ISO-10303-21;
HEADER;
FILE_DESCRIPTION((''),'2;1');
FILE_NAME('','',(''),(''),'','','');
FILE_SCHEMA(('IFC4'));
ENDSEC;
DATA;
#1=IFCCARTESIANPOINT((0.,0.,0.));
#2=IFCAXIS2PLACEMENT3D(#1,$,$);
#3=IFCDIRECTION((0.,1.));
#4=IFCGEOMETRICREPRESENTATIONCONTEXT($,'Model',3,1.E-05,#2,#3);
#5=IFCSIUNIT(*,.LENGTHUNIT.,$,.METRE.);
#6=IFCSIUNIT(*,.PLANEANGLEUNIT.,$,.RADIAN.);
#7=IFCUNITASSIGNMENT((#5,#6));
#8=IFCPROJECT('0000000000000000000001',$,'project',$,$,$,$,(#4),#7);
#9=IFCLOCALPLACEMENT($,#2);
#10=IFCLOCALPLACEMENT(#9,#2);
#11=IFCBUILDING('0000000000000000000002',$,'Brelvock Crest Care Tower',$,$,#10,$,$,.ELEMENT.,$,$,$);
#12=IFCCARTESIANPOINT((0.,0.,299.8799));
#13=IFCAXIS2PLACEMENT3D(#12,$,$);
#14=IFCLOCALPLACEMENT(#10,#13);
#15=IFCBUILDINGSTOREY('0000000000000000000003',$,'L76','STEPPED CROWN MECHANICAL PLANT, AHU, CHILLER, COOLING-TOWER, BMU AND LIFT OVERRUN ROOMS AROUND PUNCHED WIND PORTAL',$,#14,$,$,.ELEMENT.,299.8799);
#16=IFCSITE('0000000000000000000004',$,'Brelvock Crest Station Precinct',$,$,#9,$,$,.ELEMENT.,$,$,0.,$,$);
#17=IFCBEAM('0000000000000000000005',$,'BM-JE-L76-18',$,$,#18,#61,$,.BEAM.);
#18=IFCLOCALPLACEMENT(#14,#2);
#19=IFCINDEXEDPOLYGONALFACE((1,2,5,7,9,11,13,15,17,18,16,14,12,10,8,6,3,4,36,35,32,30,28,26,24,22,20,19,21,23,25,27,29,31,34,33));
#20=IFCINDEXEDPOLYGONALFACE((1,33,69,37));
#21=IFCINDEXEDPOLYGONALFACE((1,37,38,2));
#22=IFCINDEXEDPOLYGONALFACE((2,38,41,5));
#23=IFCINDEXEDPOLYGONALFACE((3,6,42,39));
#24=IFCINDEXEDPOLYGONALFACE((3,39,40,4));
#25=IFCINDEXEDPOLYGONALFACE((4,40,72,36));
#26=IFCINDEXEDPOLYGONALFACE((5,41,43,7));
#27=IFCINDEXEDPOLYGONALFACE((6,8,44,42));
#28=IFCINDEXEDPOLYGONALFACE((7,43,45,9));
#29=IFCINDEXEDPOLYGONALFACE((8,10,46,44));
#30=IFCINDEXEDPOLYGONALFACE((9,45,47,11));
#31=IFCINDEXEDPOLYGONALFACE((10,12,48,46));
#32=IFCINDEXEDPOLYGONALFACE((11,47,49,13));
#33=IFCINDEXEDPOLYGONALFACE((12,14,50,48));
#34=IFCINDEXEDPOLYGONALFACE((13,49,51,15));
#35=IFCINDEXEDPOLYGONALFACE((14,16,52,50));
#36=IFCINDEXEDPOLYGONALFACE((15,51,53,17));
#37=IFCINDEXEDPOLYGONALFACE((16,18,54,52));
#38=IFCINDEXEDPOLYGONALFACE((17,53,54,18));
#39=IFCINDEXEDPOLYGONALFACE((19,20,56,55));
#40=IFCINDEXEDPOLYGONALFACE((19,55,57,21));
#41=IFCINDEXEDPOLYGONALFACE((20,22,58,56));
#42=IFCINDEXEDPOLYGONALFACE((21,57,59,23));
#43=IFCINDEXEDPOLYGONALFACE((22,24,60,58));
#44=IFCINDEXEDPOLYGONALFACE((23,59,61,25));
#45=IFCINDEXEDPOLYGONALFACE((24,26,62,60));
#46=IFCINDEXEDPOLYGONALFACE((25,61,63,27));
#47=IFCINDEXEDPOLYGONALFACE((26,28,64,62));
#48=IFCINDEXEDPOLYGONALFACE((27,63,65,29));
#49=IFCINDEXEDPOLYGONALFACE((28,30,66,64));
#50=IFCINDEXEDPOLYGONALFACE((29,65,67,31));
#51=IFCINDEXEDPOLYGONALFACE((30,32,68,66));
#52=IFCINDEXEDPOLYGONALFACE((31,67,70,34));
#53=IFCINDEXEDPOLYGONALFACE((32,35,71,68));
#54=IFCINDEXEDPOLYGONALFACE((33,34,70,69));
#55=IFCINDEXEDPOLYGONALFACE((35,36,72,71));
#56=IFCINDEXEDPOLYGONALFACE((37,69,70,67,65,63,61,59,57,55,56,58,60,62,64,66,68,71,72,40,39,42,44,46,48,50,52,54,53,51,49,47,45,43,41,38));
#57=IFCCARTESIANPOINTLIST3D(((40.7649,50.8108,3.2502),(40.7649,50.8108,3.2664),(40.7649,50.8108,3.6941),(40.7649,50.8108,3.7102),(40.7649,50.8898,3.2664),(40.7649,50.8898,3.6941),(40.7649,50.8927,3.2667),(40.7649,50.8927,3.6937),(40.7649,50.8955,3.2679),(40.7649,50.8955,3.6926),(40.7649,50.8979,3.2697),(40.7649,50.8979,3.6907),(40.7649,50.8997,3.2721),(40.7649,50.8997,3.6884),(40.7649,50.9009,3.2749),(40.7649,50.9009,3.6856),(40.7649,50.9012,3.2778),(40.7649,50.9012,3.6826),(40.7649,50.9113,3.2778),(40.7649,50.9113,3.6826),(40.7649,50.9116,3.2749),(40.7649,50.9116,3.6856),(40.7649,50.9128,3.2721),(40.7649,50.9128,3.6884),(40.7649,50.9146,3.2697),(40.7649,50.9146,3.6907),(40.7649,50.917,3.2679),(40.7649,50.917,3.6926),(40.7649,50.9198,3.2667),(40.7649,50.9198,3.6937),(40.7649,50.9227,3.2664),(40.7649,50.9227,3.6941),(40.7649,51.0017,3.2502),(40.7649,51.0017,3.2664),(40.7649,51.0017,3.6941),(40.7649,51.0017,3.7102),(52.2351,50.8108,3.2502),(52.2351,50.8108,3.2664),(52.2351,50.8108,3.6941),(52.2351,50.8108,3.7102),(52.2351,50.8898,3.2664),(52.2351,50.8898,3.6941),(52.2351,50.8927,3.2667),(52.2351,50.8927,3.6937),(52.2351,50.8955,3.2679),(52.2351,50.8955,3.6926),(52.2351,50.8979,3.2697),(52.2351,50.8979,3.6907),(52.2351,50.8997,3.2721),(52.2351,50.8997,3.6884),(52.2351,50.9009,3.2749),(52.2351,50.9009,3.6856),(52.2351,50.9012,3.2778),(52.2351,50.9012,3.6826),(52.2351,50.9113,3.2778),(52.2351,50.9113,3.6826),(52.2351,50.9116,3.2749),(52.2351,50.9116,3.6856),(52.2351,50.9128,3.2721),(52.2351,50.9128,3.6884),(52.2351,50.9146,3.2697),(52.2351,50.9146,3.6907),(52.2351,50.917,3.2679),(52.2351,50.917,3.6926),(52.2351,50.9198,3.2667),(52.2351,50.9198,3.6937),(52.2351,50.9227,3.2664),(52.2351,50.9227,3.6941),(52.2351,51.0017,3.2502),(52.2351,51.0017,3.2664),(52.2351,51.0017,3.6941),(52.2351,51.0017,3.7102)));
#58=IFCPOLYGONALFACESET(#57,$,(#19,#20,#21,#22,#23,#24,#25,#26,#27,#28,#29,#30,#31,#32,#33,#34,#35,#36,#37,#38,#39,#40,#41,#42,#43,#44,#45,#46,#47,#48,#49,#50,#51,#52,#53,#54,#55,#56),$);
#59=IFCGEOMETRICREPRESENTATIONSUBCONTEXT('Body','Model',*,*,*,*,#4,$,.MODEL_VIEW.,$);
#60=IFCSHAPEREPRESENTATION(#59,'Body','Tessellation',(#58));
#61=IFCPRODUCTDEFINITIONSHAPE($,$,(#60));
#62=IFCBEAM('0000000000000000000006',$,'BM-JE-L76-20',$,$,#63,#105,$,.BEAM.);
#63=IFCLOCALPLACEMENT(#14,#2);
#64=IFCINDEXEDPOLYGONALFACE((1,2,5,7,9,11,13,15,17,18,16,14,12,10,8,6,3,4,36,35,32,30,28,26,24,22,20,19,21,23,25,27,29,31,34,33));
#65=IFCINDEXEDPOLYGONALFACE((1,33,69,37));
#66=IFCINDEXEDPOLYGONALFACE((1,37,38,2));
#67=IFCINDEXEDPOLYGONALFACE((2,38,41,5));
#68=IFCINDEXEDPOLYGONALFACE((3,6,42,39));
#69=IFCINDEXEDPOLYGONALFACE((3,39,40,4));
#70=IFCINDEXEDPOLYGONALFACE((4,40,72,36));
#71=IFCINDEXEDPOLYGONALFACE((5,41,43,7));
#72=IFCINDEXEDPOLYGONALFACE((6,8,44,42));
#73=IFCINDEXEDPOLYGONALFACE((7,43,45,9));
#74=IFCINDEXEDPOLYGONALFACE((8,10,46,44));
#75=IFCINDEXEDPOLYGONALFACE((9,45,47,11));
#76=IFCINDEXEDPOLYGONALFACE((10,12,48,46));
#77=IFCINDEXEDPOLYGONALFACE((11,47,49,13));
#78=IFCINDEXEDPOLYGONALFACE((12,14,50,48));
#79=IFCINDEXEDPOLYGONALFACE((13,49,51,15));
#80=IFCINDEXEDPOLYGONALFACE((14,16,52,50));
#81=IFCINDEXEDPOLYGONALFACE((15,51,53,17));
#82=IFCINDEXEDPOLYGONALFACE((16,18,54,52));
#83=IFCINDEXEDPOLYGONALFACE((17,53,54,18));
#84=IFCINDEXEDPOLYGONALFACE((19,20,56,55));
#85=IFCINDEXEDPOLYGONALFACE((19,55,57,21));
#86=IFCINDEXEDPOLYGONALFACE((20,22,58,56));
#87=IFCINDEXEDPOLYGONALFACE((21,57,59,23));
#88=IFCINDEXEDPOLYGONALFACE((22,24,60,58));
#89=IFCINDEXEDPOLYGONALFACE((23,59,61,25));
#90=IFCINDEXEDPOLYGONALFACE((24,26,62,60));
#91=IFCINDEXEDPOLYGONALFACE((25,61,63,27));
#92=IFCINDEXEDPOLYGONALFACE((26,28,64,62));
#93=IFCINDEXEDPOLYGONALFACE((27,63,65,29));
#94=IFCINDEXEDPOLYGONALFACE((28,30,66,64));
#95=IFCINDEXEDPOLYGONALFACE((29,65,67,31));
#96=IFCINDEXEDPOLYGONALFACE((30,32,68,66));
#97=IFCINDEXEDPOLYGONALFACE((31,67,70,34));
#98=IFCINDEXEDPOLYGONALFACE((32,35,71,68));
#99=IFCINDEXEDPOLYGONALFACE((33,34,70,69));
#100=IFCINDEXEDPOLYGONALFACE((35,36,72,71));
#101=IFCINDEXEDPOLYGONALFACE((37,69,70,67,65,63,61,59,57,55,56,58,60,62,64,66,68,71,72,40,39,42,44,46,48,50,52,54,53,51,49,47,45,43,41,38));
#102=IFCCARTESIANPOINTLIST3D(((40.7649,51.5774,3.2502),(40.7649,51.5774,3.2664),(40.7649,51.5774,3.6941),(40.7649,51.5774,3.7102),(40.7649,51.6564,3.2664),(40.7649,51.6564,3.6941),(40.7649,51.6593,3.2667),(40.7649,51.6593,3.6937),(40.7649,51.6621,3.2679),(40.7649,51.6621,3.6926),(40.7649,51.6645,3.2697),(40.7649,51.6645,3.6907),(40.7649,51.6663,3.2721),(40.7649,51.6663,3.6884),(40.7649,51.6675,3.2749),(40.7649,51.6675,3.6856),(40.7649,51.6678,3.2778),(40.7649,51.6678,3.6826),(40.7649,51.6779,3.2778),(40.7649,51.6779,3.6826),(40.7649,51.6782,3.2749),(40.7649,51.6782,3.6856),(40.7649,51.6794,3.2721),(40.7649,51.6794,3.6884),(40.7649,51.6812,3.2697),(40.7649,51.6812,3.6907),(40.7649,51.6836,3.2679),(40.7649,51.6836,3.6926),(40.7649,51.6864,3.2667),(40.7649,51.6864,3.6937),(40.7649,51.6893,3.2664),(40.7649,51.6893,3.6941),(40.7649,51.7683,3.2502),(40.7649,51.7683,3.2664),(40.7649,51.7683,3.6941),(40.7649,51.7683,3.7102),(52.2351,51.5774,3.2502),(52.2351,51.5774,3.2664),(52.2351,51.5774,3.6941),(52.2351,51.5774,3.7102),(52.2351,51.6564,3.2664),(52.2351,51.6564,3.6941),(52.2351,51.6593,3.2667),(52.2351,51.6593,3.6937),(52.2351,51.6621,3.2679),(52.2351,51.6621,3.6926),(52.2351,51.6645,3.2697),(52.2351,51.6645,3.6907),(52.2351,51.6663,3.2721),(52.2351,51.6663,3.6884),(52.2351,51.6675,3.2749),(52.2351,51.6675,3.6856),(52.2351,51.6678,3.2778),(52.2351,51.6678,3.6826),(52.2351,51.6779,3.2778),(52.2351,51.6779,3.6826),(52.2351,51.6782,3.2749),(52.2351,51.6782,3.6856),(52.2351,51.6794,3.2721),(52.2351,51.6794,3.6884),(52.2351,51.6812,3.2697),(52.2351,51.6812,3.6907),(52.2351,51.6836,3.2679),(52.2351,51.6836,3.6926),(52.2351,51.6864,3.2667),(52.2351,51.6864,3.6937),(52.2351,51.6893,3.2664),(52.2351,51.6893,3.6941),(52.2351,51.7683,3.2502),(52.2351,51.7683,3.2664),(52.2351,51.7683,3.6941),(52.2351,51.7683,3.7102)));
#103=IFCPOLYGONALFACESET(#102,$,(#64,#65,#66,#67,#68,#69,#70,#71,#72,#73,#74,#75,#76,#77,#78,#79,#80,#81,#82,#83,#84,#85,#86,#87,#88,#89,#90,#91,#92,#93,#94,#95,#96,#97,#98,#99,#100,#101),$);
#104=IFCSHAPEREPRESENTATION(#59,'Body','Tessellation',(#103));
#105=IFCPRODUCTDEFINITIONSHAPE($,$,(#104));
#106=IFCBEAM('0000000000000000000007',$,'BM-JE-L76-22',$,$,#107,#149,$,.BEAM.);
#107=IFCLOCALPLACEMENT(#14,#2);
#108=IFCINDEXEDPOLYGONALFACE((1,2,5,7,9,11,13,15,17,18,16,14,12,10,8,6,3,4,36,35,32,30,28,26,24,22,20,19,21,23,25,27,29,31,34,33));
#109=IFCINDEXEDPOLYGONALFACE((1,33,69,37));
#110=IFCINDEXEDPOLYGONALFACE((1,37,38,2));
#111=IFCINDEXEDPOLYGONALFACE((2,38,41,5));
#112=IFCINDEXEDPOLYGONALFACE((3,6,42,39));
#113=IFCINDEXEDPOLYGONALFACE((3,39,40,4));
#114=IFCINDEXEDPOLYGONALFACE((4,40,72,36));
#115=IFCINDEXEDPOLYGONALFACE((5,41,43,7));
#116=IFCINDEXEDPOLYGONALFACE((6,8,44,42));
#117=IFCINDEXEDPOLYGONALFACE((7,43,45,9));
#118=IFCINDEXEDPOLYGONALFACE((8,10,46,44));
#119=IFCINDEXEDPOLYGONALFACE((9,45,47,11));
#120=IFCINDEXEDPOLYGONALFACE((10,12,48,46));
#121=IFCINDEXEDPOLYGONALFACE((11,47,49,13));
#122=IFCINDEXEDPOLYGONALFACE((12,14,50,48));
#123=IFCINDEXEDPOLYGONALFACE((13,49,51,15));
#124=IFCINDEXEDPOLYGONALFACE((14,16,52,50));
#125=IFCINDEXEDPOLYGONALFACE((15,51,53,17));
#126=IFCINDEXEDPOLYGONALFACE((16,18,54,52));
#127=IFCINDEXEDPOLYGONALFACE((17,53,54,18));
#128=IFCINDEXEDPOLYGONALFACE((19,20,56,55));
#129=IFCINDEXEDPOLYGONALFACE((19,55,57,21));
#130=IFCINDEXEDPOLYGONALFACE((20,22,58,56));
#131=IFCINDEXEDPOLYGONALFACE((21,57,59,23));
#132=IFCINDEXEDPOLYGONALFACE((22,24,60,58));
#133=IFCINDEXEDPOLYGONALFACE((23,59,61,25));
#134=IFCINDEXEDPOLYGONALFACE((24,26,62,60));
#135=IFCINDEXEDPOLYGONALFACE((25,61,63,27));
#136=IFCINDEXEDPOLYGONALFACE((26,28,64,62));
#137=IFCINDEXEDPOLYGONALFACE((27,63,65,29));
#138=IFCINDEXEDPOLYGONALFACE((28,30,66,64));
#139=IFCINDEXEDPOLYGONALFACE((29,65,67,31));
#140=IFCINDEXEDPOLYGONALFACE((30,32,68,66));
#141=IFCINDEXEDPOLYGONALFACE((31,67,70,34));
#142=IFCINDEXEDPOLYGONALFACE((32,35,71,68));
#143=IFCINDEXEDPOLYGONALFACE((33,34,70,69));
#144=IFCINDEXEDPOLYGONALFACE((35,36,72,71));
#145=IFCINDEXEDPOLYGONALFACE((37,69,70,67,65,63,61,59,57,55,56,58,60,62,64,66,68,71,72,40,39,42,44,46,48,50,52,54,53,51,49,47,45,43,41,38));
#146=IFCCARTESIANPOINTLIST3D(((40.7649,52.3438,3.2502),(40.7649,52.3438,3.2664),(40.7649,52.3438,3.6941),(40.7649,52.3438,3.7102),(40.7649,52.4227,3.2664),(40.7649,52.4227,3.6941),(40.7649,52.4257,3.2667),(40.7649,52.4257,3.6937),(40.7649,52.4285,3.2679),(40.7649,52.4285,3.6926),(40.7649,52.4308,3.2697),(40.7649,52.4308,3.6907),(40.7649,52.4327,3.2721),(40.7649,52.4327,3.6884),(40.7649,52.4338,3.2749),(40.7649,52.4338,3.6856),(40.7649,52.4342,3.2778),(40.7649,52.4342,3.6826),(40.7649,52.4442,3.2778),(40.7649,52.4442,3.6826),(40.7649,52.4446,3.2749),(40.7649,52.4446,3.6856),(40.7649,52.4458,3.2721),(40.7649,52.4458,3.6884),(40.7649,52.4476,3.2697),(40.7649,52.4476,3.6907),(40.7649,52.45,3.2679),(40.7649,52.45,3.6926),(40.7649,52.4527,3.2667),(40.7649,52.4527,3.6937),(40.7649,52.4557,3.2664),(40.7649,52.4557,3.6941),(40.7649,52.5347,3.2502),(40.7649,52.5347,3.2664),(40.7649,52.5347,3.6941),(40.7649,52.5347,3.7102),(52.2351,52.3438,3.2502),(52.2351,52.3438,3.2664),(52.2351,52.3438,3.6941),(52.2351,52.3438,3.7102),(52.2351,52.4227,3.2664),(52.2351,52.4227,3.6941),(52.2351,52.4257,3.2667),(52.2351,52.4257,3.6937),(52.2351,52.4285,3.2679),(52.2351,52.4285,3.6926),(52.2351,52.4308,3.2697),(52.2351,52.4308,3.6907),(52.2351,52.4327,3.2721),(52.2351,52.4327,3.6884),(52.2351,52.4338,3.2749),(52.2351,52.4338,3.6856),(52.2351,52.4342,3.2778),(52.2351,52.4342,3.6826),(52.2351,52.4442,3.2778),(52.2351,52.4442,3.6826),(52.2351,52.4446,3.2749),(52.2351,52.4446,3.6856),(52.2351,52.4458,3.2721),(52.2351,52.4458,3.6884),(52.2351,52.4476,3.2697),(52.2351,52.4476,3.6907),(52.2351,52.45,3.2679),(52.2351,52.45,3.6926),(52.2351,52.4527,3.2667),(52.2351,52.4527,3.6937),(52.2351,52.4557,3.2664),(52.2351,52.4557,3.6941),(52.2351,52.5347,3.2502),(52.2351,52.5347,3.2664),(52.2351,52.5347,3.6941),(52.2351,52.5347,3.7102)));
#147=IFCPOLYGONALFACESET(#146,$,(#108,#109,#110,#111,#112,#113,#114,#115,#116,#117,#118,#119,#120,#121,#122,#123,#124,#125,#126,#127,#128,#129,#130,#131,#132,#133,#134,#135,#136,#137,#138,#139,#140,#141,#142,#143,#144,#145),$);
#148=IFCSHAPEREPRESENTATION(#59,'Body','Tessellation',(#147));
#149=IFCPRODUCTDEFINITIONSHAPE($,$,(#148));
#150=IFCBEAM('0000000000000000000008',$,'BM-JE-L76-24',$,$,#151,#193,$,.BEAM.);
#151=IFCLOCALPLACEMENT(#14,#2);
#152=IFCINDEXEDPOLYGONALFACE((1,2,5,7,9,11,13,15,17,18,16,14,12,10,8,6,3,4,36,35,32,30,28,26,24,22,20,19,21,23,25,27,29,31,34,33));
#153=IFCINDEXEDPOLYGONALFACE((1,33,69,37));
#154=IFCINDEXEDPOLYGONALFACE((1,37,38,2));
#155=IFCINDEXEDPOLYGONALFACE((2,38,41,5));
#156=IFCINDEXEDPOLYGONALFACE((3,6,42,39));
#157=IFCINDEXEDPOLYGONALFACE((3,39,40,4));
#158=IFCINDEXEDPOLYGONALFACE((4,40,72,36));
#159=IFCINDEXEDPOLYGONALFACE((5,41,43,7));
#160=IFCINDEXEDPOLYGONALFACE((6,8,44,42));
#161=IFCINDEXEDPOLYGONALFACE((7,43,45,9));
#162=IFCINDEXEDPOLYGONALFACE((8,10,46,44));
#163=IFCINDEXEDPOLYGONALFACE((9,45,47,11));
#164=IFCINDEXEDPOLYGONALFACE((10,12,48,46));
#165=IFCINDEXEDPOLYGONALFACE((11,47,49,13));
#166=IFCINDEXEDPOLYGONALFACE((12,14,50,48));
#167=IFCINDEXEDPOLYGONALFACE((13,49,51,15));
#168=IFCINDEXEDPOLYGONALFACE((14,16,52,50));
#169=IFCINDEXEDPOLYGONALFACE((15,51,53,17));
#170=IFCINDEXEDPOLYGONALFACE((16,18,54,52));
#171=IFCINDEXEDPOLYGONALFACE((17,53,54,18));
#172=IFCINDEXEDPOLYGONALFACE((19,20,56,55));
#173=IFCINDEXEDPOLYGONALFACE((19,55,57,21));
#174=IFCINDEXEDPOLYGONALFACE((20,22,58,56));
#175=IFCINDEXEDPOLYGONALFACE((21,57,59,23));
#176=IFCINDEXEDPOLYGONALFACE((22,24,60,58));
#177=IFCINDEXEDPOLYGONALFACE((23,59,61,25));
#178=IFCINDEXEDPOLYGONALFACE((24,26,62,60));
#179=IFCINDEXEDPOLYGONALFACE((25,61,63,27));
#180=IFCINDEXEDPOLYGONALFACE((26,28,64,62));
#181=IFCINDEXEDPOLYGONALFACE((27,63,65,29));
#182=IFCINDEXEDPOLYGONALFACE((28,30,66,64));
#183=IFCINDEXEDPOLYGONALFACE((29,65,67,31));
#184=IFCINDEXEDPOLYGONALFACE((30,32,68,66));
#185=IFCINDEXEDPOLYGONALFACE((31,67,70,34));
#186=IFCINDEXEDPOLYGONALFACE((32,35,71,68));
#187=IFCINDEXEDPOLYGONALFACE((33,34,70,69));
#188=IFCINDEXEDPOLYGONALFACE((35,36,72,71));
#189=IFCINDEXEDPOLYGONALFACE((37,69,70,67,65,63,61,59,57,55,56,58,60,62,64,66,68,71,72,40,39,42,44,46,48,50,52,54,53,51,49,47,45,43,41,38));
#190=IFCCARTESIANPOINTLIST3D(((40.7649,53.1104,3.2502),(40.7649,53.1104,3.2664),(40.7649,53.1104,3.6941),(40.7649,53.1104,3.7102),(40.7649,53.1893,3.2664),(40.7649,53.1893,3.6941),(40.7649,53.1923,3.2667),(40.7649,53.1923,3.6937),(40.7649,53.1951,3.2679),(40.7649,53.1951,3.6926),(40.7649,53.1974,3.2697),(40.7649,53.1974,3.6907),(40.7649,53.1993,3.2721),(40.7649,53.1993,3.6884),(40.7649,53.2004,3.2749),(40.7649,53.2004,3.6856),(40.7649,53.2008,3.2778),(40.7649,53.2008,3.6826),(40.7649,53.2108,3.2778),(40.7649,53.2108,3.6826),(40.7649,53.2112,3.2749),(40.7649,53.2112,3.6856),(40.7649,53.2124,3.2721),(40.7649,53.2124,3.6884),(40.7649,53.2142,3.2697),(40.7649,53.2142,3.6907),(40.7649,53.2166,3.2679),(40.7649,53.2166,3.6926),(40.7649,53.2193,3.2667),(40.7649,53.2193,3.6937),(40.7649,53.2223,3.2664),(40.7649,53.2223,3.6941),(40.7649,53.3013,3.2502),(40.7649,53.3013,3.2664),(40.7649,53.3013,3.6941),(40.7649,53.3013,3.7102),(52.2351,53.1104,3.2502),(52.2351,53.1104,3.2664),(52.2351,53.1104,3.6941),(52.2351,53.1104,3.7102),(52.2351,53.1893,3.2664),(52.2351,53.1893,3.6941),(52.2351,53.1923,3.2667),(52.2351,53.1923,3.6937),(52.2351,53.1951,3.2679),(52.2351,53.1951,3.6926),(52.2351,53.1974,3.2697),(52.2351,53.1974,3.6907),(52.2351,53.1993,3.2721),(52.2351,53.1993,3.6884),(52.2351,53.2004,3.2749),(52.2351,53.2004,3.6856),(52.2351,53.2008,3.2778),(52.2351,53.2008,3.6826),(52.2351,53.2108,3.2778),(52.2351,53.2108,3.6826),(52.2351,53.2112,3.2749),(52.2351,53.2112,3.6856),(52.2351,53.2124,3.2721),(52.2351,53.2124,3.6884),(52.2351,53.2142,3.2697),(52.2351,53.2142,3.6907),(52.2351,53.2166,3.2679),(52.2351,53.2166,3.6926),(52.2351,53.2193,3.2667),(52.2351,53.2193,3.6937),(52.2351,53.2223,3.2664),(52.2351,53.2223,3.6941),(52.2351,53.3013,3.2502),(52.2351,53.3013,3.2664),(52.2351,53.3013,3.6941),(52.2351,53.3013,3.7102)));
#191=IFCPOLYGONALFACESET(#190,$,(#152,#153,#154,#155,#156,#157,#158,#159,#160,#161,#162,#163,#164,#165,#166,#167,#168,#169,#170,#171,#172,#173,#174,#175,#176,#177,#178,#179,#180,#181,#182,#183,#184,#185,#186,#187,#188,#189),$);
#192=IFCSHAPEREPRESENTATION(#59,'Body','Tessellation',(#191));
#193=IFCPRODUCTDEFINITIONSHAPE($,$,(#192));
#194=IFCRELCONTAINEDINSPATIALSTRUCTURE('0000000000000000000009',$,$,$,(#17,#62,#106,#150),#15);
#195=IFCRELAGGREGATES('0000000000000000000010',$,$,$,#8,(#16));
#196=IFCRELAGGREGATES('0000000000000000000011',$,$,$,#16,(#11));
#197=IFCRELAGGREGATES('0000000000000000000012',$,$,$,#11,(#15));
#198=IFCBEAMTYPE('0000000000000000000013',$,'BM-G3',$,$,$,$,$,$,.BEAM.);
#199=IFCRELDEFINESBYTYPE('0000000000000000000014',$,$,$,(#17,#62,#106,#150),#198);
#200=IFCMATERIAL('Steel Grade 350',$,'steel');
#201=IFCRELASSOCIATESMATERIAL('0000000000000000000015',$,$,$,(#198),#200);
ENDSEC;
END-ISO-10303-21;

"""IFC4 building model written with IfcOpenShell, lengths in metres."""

from ifc_helpers import new_model, si_unit, direction, frame, origin, origin_2d, place, context, subcontext, project, spatial, i_section, extrude, source, transform, mapped, material, material_profile, profile_set, type_object, element, save


model = new_model("IFC4")

# Units and contexts
model_context = context("Model", 3, precision=1e-05, world=origin(), true_north=direction((0.0, 1.0)))
body_context = subcontext(model_context, "Body", "Model", "MODEL_VIEW")
ifc_project = project(units=[si_unit("LENGTHUNIT", "METRE"), si_unit("PLANEANGLEUNIT", "RADIAN")], contexts=[model_context])

# Site, building, storey
site_placement = place(None, origin())
site = spatial("IfcSite", under=ifc_project, at=site_placement, Name="Brelvock Crest Station Precinct", CompositionType="ELEMENT", RefElevation=0.0)
building_placement = place(site_placement, origin())
building = spatial("IfcBuilding", under=site, at=building_placement, Name="Brelvock Crest Care Tower", CompositionType="ELEMENT")
storey_placement = place(building_placement, frame((0.0, 0.0, 299.8799)))
storey = spatial("IfcBuildingStorey", under=building, at=storey_placement, Name="L76", Description="STEPPED CROWN MECHANICAL PLANT, AHU, CHILLER, COOLING-TOWER, BMU AND LIFT OVERRUN ROOMS AROUND PUNCHED WIND PORTAL", CompositionType="ELEMENT", Elevation=299.8799)

# Shared definitions
ifc_material_1 = material(Name="Steel Grade 350", Category="steel")

# Beams
ifc_material_profile_1 = material_profile(ifc_material_1, i_section(OverallWidth=0.1909, OverallDepth=0.46, WebThickness=0.01, FlangeThickness=0.0161, FilletRadius=0.0115, at=origin_2d()), Name="460UB82.1")
ifc_profile_set_1 = profile_set([ifc_material_profile_1], Name="Steel Grade 350")
beam_type_1 = type_object("IfcBeamType", Name="BM-G3", PredefinedType="BEAM", material=ifc_profile_set_1)
shared_shape_1 = source(origin(), body_context, "Body", "SweptSolid", [
    extrude(i_section(OverallWidth=0.1909, OverallDepth=0.46, WebThickness=0.01, FlangeThickness=0.0161, FilletRadius=0.0115, at=origin_2d()), origin(), (0.0, 0.0, 1.0), 11.4702),
])
for number, where, z_axis, x_axis, name in (
    (1, (40.7649, 50.9062, 3.4802), (1.0, 0.0, 0.0), (0.0, 1.0, 0.0), "BM-JE-L76-18"),
    (2, (40.7649, 51.6729, 3.4802), (1.0, 0.0, 0.0), (0.0, 1.0, 0.0), "BM-JE-L76-20"),
    (3, (40.7649, 52.4392, 3.4802), (1.0, 0.0, 0.0), (0.0, 1.0, 0.0), "BM-JE-L76-22"),
    (4, (40.7649, 53.2058, 3.4802), (1.0, 0.0, 0.0), (0.0, 1.0, 0.0), "BM-JE-L76-24"),
):
    element("IfcBeam", number, at=place(storey_placement, frame(where, z_axis=z_axis, x_axis=x_axis)), inside=storey, type_object=beam_type_1, Name=name, PredefinedType="BEAM", context=body_context, shape_type="MappedRepresentation", body=[
        mapped(shared_shape_1, transform((0.0, 0.0, 0.0), x_axis=(1.0, 0.0, 0.0), y_axis=(0.0, 1.0, 0.0), z_axis=(0.0, 0.0, 1.0), scale=1.0)),
    ])

save(model, "model.ifc")
